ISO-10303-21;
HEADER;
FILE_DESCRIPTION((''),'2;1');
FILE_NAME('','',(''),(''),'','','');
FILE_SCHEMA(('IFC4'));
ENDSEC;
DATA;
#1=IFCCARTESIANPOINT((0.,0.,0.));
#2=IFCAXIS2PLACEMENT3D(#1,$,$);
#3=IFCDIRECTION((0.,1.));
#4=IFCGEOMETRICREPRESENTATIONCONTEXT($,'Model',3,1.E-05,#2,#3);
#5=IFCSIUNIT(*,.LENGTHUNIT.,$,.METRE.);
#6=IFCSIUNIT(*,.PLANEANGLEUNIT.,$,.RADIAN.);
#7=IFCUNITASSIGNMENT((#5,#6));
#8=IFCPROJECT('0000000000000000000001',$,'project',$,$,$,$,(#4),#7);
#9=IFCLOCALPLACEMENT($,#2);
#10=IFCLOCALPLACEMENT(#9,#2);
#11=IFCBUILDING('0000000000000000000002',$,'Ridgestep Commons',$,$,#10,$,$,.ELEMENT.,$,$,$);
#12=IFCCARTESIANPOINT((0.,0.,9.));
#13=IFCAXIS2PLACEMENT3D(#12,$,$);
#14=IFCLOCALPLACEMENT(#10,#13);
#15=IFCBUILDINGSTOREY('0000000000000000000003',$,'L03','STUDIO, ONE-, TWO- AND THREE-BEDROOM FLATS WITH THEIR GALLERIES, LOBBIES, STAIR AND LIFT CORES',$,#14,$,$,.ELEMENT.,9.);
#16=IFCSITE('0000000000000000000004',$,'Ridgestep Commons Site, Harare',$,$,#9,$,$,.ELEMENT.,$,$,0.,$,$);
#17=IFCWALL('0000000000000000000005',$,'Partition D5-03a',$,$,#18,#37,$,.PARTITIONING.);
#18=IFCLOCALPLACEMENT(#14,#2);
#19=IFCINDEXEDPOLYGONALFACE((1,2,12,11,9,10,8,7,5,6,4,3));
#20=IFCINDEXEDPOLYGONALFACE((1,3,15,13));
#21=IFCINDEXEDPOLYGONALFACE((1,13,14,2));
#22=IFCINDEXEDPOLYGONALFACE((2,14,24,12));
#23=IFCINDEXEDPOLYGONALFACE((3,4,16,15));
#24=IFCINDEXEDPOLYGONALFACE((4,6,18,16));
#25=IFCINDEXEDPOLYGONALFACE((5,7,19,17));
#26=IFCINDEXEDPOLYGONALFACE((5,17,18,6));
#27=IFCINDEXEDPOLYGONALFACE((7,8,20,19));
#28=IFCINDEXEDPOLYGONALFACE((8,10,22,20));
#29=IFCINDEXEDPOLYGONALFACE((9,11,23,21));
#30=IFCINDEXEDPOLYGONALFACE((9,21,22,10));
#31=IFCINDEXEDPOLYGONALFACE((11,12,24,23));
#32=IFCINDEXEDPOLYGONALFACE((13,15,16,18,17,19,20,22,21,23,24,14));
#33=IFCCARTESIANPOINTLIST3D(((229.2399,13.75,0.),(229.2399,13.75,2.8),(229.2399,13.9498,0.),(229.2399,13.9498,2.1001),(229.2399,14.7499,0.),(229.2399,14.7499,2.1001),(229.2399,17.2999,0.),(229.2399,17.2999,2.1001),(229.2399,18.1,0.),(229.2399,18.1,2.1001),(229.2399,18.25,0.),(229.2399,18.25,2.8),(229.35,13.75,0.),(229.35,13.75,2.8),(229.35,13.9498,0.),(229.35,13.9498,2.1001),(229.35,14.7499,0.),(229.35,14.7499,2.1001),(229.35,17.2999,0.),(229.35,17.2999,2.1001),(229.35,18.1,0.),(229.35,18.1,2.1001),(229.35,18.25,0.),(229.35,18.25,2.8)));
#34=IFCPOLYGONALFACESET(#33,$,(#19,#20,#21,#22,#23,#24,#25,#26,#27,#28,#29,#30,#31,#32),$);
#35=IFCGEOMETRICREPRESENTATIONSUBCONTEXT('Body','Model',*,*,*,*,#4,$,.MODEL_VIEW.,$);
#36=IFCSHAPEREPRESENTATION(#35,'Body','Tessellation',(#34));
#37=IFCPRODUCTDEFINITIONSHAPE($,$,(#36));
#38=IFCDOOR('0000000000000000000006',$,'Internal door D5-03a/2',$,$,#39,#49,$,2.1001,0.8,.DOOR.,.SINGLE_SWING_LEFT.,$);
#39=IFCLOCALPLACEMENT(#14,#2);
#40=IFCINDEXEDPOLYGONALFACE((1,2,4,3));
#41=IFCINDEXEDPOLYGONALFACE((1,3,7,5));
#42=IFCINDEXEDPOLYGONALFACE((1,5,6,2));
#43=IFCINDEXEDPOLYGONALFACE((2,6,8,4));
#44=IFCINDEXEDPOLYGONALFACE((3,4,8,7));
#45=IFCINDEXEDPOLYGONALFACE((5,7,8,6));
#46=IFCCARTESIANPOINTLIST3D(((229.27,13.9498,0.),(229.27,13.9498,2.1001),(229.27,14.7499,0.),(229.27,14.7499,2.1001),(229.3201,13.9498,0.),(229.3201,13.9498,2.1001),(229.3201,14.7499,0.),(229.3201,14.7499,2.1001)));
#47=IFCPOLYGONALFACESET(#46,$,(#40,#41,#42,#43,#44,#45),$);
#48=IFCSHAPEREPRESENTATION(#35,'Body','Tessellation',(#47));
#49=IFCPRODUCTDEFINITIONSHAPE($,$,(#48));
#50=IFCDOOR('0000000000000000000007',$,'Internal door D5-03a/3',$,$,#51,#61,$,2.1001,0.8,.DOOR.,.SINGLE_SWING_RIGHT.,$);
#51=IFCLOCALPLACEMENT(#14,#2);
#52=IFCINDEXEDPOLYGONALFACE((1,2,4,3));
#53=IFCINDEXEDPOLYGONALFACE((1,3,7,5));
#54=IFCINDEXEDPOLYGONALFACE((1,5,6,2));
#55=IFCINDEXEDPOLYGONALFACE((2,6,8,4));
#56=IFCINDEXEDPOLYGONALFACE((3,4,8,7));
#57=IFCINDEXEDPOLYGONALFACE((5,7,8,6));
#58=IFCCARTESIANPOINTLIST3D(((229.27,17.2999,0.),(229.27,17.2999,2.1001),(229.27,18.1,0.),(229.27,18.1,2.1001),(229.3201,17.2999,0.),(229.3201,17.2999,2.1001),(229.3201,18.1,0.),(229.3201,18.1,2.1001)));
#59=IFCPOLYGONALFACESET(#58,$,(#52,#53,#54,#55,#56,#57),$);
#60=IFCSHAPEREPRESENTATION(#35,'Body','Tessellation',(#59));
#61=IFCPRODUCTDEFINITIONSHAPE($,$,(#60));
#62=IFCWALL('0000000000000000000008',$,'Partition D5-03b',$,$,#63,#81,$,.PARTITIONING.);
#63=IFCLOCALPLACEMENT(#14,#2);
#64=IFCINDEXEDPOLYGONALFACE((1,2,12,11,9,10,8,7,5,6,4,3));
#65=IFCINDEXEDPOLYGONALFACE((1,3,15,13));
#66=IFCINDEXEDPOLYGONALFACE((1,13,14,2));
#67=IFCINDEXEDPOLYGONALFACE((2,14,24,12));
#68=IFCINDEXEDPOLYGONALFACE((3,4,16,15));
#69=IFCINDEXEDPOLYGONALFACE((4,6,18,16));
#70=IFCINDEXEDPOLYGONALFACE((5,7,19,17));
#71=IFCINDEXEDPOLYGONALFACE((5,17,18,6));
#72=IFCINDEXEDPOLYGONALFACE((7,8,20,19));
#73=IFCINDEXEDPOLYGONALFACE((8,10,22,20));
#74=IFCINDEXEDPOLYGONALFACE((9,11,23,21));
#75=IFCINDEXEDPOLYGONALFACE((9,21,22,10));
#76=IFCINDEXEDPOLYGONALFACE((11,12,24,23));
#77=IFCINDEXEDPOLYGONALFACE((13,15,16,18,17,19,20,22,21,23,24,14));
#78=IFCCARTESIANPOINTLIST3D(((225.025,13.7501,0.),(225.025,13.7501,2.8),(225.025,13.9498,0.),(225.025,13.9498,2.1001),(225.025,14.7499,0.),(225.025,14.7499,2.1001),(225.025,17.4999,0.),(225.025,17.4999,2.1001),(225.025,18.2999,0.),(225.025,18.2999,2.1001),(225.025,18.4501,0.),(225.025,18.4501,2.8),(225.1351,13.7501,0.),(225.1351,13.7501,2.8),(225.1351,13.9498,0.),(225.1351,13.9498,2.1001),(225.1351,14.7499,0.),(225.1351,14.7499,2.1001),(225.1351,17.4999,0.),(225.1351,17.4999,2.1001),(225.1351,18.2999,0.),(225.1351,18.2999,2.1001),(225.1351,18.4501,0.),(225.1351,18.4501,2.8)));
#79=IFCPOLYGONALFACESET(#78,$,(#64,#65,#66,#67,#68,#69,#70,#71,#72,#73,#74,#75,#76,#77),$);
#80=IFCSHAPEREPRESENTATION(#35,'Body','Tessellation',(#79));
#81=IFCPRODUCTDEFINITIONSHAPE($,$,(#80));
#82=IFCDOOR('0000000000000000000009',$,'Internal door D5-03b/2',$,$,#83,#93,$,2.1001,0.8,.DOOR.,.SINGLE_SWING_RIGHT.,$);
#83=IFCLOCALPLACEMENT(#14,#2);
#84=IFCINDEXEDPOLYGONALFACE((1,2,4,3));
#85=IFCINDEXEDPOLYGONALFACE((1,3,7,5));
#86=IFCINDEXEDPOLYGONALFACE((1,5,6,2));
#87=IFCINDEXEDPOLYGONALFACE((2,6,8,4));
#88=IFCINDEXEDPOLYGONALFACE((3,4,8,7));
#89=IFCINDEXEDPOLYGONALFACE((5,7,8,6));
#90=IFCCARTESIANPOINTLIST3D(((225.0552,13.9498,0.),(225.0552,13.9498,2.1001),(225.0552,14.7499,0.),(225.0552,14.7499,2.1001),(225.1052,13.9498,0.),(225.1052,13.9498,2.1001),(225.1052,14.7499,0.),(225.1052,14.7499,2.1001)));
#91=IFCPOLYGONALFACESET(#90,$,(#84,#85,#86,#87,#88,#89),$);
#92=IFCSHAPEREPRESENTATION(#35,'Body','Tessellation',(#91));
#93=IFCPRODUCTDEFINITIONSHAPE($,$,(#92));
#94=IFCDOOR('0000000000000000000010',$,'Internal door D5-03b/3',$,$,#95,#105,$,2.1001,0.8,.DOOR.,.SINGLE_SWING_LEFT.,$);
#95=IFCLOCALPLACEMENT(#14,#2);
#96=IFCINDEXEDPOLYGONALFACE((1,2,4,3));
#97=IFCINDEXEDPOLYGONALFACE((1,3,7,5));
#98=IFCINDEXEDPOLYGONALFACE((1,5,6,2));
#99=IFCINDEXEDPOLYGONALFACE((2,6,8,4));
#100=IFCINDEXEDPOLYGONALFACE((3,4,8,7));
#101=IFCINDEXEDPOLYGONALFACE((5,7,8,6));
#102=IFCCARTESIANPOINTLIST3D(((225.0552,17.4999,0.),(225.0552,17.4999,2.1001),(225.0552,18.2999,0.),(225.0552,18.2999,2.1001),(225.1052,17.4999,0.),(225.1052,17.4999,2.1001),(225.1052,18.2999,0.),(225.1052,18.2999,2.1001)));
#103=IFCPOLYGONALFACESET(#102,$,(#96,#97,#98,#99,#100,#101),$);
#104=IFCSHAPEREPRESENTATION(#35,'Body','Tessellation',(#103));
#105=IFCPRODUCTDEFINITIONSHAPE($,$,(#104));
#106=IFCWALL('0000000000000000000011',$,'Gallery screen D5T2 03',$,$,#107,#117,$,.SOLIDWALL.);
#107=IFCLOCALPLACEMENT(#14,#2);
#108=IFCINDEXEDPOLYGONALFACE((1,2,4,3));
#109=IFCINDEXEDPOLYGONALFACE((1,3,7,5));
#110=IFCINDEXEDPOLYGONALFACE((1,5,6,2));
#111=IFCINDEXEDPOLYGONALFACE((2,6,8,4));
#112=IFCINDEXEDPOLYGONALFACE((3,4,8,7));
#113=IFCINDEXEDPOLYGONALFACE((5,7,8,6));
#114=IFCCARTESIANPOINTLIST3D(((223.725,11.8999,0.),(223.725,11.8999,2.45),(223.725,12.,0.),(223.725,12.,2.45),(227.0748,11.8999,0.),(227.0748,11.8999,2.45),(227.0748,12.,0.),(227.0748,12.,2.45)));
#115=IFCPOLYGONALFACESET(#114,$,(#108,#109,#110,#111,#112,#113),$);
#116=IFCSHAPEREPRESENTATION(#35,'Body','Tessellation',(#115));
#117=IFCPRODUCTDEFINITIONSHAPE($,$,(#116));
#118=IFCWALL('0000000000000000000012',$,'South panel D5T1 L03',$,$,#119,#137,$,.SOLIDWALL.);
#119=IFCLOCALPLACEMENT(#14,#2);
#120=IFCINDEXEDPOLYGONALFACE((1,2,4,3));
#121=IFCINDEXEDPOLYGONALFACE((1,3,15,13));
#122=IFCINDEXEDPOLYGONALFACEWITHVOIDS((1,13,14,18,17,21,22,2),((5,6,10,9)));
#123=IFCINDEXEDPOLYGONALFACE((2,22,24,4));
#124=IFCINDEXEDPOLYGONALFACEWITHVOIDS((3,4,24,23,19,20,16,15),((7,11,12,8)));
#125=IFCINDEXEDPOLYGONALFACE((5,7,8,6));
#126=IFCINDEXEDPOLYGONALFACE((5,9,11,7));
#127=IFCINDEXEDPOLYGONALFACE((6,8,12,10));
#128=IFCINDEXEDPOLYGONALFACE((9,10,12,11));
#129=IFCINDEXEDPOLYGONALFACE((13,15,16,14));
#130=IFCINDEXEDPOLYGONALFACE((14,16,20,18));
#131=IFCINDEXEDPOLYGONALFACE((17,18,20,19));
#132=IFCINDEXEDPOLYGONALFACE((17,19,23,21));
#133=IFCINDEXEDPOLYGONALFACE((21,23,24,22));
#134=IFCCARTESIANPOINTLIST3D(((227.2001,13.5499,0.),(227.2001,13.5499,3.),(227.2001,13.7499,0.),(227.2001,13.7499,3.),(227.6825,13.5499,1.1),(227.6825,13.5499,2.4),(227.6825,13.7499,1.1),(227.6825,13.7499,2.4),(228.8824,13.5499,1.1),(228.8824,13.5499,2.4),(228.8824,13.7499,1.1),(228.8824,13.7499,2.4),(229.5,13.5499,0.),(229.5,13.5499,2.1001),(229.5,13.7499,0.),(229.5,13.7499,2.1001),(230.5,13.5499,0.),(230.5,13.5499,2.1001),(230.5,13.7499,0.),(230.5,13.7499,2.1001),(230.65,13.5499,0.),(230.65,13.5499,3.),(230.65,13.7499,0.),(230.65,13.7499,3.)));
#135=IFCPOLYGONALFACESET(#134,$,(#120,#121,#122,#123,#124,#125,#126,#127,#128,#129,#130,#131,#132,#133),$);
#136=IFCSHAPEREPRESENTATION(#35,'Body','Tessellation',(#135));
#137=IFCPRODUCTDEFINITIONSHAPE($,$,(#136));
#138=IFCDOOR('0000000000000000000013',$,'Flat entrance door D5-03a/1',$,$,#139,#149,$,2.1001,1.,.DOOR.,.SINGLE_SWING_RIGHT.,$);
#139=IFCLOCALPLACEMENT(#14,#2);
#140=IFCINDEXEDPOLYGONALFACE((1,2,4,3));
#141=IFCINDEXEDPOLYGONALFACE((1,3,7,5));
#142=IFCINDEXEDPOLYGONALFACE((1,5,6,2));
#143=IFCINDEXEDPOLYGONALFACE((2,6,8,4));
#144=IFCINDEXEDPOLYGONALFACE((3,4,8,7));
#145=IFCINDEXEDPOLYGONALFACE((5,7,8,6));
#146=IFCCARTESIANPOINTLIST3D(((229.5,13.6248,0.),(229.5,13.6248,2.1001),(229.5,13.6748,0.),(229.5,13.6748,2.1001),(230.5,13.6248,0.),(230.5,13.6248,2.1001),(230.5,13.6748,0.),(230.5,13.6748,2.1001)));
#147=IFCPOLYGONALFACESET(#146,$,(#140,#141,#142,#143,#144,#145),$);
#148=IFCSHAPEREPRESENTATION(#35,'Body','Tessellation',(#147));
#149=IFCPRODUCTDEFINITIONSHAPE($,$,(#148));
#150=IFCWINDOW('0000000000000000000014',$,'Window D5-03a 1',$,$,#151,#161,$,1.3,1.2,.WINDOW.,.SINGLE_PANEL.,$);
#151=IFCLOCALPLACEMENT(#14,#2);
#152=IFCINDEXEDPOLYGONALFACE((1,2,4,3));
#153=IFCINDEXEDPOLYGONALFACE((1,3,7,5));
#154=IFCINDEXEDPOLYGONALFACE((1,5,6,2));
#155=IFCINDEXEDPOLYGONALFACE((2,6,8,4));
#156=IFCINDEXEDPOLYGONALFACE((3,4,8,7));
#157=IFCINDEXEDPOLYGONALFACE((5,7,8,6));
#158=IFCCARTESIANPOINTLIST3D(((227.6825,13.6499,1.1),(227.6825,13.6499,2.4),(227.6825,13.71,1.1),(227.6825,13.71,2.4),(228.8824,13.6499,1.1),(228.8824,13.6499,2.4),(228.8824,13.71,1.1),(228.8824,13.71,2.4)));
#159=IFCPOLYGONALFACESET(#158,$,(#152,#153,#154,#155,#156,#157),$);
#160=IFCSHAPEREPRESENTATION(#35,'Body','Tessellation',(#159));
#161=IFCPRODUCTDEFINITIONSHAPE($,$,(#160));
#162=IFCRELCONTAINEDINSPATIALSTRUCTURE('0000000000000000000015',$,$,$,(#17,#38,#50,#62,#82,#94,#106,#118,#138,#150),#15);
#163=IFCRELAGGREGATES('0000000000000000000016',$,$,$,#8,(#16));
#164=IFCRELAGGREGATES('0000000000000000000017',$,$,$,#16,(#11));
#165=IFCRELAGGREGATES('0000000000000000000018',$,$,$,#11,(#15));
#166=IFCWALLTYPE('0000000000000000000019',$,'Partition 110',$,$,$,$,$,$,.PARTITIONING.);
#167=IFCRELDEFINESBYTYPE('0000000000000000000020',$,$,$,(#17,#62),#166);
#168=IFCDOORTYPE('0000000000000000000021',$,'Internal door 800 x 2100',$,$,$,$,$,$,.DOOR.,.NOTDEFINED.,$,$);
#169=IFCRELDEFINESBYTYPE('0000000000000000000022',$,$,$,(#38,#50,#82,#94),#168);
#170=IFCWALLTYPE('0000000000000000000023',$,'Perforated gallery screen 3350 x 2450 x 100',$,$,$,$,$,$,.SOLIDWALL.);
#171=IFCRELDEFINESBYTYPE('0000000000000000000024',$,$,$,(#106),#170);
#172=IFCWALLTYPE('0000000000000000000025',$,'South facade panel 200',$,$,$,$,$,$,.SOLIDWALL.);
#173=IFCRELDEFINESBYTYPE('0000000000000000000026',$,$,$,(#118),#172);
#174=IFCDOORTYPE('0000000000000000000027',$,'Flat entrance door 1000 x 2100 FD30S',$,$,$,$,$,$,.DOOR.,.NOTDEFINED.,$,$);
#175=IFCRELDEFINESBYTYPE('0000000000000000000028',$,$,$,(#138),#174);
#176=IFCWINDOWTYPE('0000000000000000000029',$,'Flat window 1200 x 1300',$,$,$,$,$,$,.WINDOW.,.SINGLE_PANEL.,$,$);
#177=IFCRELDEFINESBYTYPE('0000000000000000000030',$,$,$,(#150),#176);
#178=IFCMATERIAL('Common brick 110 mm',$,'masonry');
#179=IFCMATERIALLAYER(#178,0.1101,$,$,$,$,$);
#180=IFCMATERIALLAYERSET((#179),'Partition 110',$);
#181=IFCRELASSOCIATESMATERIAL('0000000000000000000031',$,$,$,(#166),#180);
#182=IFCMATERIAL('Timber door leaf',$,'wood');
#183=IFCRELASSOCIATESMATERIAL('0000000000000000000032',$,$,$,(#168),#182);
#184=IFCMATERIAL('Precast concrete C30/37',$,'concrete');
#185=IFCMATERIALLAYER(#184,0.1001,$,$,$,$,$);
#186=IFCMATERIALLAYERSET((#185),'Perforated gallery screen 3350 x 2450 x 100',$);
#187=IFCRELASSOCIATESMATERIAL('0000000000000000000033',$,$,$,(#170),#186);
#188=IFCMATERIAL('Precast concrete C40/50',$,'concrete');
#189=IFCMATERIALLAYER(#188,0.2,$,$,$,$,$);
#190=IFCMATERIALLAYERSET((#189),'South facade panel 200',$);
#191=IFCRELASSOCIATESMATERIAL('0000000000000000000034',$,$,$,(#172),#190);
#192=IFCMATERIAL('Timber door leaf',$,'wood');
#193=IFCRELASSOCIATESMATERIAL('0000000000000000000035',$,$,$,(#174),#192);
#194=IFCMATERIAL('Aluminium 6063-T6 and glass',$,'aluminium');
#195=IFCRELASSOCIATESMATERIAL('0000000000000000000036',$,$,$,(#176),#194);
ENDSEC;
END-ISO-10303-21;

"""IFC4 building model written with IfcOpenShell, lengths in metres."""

from ifc_helpers import new_model, si_unit, direction, frame, frame_2d, origin, place, context, subcontext, project, spatial, rectangle, extrude, material, layer, layer_set, type_object, element, fill, save


model = new_model("IFC4")

# Units and contexts
model_context = context("Model", 3, precision=1e-05, world=origin(), true_north=direction((0.0, 1.0)))
body_context = subcontext(model_context, "Body", "Model", "MODEL_VIEW")
ifc_project = project(units=[si_unit("LENGTHUNIT", "METRE"), si_unit("PLANEANGLEUNIT", "RADIAN")], contexts=[model_context])

# Site, building, storey
site_placement = place(None, origin())
site = spatial("IfcSite", under=ifc_project, at=site_placement, Name="Ridgestep Commons Site, Harare", CompositionType="ELEMENT", RefElevation=0.0)
building_placement = place(site_placement, origin())
building = spatial("IfcBuilding", under=site, at=building_placement, Name="Ridgestep Commons", CompositionType="ELEMENT")
storey_placement = place(building_placement, frame((0.0, 0.0, 9.0)))
storey = spatial("IfcBuildingStorey", under=building, at=storey_placement, Name="L03", Description="STUDIO, ONE-, TWO- AND THREE-BEDROOM FLATS WITH THEIR GALLERIES, LOBBIES, STAIR AND LIFT CORES", CompositionType="ELEMENT", Elevation=9.0)

# Walls, openings, doors
ifc_material_1 = material(Name="Common brick 110 mm", Category="masonry")
ifc_layer_1 = layer(ifc_material_1, 0.1101)
ifc_layer_set_1 = layer_set([ifc_layer_1], Name="Partition 110")
wall_type_1 = type_object("IfcWallType", Name="Partition 110", PredefinedType="PARTITIONING", material=ifc_layer_set_1)
wall_1_placement = place(storey_placement, frame((229.2949, 13.75, 0.0), z_axis=(0.0, 0.0, 1.0), x_axis=(0.0, 1.0, 0.0)))
wall_1 = element("IfcWall", 1, at=wall_1_placement, inside=storey, type_object=wall_type_1, Name="Partition D5-03a", PredefinedType="PARTITIONING", context=body_context, shape_type="SweptSolid", body=[
    extrude(rectangle(XDim=4.5, YDim=0.1101, at=frame_2d((2.25, 0.0))), origin(), (0.0, 0.0, 1.0), 2.8),
])
opening_1_placement = place(wall_1_placement, frame((0.2, 0.0, 0.0)))
opening_1 = element("IfcOpeningElement", 2, at=opening_1_placement, cuts=wall_1, PredefinedType="OPENING", context=body_context, shape_type="SweptSolid", body=[
    extrude(rectangle(XDim=0.8, YDim=2.1001, at=frame_2d((0.3999, 1.05))), frame((0.0, 0.0649, 0.0), z_axis=(0.0, -1.0, 0.0), x_axis=(1.0, 0.0, 0.0)), (0.0, 0.0, 1.0), 0.1301),
])
opening_2_placement = place(wall_1_placement, frame((3.55, 0.0, 0.0)))
opening_2 = element("IfcOpeningElement", 3, at=opening_2_placement, cuts=wall_1, PredefinedType="OPENING", context=body_context, shape_type="SweptSolid", body=[
    extrude(rectangle(XDim=0.8, YDim=2.1001, at=frame_2d((0.3999, 1.05))), frame((0.0, 0.0649, 0.0), z_axis=(0.0, -1.0, 0.0), x_axis=(1.0, 0.0, 0.0)), (0.0, 0.0, 1.0), 0.1301),
])
ifc_material_2 = material(Name="Timber door leaf", Category="wood")
door_type_1 = type_object("IfcDoorType", Name="Internal door 800 x 2100", OperationType="NOTDEFINED", PredefinedType="DOOR", material=ifc_material_2)
door_1_placement = place(opening_1_placement, origin())
door_1 = element("IfcDoor", 4, at=door_1_placement, inside=storey, type_object=door_type_1, Name="Internal door D5-03a/2", OperationType="SINGLE_SWING_LEFT", OverallHeight=2.1001, OverallWidth=0.8, PredefinedType="DOOR", context=body_context, shape_type="SweptSolid", body=[
    extrude(rectangle(XDim=0.8, YDim=2.1001, at=frame_2d((0.3999, 1.05))), frame((0.0, 0.0249, 0.0), z_axis=(0.0, -1.0, 0.0), x_axis=(1.0, 0.0, 0.0)), (0.0, 0.0, 1.0), 0.05),
])
fill(opening_1, door_1)
door_2_placement = place(opening_2_placement, origin())
door_2 = element("IfcDoor", 5, at=door_2_placement, inside=storey, type_object=door_type_1, Name="Internal door D5-03a/3", OperationType="SINGLE_SWING_RIGHT", OverallHeight=2.1001, OverallWidth=0.8, PredefinedType="DOOR", context=body_context, shape_type="SweptSolid", body=[
    extrude(rectangle(XDim=0.8, YDim=2.1001, at=frame_2d((0.3999, 1.05))), frame((0.0, 0.0249, 0.0), z_axis=(0.0, -1.0, 0.0), x_axis=(1.0, 0.0, 0.0)), (0.0, 0.0, 1.0), 0.05),
])
fill(opening_2, door_2)
wall_2_placement = place(storey_placement, frame((225.0801, 13.75, 0.0), z_axis=(0.0, 0.0, 1.0), x_axis=(0.0, 1.0, 0.0)))
wall_2 = element("IfcWall", 6, at=wall_2_placement, inside=storey, type_object=wall_type_1, Name="Partition D5-03b", PredefinedType="PARTITIONING", context=body_context, shape_type="SweptSolid", body=[
    extrude(rectangle(XDim=4.7, YDim=0.1101, at=frame_2d((2.3501, 0.0))), origin(), (0.0, 0.0, 1.0), 2.8),
])
opening_3_placement = place(wall_2_placement, frame((0.2, 0.0, 0.0)))
opening_3 = element("IfcOpeningElement", 7, at=opening_3_placement, cuts=wall_2, PredefinedType="OPENING", context=body_context, shape_type="SweptSolid", body=[
    extrude(rectangle(XDim=0.8, YDim=2.1001, at=frame_2d((0.3999, 1.05))), frame((0.0, 0.0649, 0.0), z_axis=(0.0, -1.0, 0.0), x_axis=(1.0, 0.0, 0.0)), (0.0, 0.0, 1.0), 0.1301),
])
opening_4_placement = place(wall_2_placement, frame((3.75, 0.0, 0.0)))
opening_4 = element("IfcOpeningElement", 8, at=opening_4_placement, cuts=wall_2, PredefinedType="OPENING", context=body_context, shape_type="SweptSolid", body=[
    extrude(rectangle(XDim=0.8, YDim=2.1001, at=frame_2d((0.3999, 1.05))), frame((0.0, 0.0649, 0.0), z_axis=(0.0, -1.0, 0.0), x_axis=(1.0, 0.0, 0.0)), (0.0, 0.0, 1.0), 0.1301),
])
door_3_placement = place(opening_3_placement, origin())
door_3 = element("IfcDoor", 9, at=door_3_placement, inside=storey, type_object=door_type_1, Name="Internal door D5-03b/2", OperationType="SINGLE_SWING_RIGHT", OverallHeight=2.1001, OverallWidth=0.8, PredefinedType="DOOR", context=body_context, shape_type="SweptSolid", body=[
    extrude(rectangle(XDim=0.8, YDim=2.1001, at=frame_2d((0.3999, 1.05))), frame((0.0, 0.0249, 0.0), z_axis=(0.0, -1.0, 0.0), x_axis=(1.0, 0.0, 0.0)), (0.0, 0.0, 1.0), 0.05),
])
fill(opening_3, door_3)
door_4_placement = place(opening_4_placement, origin())
door_4 = element("IfcDoor", 10, at=door_4_placement, inside=storey, type_object=door_type_1, Name="Internal door D5-03b/3", OperationType="SINGLE_SWING_LEFT", OverallHeight=2.1001, OverallWidth=0.8, PredefinedType="DOOR", context=body_context, shape_type="SweptSolid", body=[
    extrude(rectangle(XDim=0.8, YDim=2.1001, at=frame_2d((0.3999, 1.05))), frame((0.0, 0.0249, 0.0), z_axis=(0.0, -1.0, 0.0), x_axis=(1.0, 0.0, 0.0)), (0.0, 0.0, 1.0), 0.05),
])
fill(opening_4, door_4)

# Wall
ifc_material_3 = material(Name="Precast concrete C30/37", Category="concrete")
ifc_layer_2 = layer(ifc_material_3, 0.1001)
ifc_layer_set_2 = layer_set([ifc_layer_2], Name="Perforated gallery screen 3350 x 2450 x 100")
wall_type_2 = type_object("IfcWallType", Name="Perforated gallery screen 3350 x 2450 x 100", PredefinedType="SOLIDWALL", material=ifc_layer_set_2)
wall_3_placement = place(storey_placement, frame((223.7251, 11.95, 0.0), z_axis=(0.0, 0.0, 1.0), x_axis=(1.0, 0.0, 0.0)))
element("IfcWall", 11, at=wall_3_placement, inside=storey, type_object=wall_type_2, Name="Gallery screen D5T2 03", PredefinedType="SOLIDWALL", context=body_context, shape_type="SweptSolid", body=[
    extrude(rectangle(XDim=3.3499, YDim=0.1001, at=frame_2d((1.6748, 0.0))), origin(), (0.0, 0.0, 1.0), 2.45),
])

# Wall, openings, door, window
ifc_material_4 = material(Name="Precast concrete C40/50", Category="concrete")
ifc_layer_3 = layer(ifc_material_4, 0.2)
ifc_layer_set_3 = layer_set([ifc_layer_3], Name="South facade panel 200")
wall_type_3 = type_object("IfcWallType", Name="South facade panel 200", PredefinedType="SOLIDWALL", material=ifc_layer_set_3)
wall_4_placement = place(storey_placement, frame((227.2, 13.6499, 0.0), z_axis=(0.0, 0.0, 1.0), x_axis=(1.0, 0.0, 0.0)))
wall_4 = element("IfcWall", 12, at=wall_4_placement, inside=storey, type_object=wall_type_3, Name="South panel D5T1 L03", PredefinedType="SOLIDWALL", context=body_context, shape_type="SweptSolid", body=[
    extrude(rectangle(XDim=3.45, YDim=0.2, at=frame_2d((1.7251, 0.0))), origin(), (0.0, 0.0, 1.0), 3.0),
])
opening_5_placement = place(wall_4_placement, frame((0.4824, 0.0, 1.1001)))
opening_5 = element("IfcOpeningElement", 13, at=opening_5_placement, cuts=wall_4, PredefinedType="OPENING", context=body_context, shape_type="SweptSolid", body=[
    extrude(rectangle(XDim=1.2, YDim=1.3, at=frame_2d((0.6001, 0.6499))), frame((0.0, 0.1099, 0.0), z_axis=(0.0, -1.0, 0.0), x_axis=(1.0, 0.0, 0.0)), (0.0, 0.0, 1.0), 0.22),
])
opening_6_placement = place(wall_4_placement, frame((2.3, 0.0, 0.0)))
opening_6 = element("IfcOpeningElement", 14, at=opening_6_placement, cuts=wall_4, PredefinedType="OPENING", context=body_context, shape_type="SweptSolid", body=[
    extrude(rectangle(XDim=1.0, YDim=2.1001, at=frame_2d((0.5, 1.05))), frame((0.0, 0.1099, 0.0), z_axis=(0.0, -1.0, 0.0), x_axis=(1.0, 0.0, 0.0)), (0.0, 0.0, 1.0), 0.22),
])
ifc_material_5 = material(Name="Timber door leaf", Category="wood")
door_type_2 = type_object("IfcDoorType", Name="Flat entrance door 1000 x 2100 FD30S", OperationType="NOTDEFINED", PredefinedType="DOOR", material=ifc_material_5)
door_5_placement = place(opening_6_placement, origin())
door_5 = element("IfcDoor", 15, at=door_5_placement, inside=storey, type_object=door_type_2, Name="Flat entrance door D5-03a/1", OperationType="SINGLE_SWING_RIGHT", OverallHeight=2.1001, OverallWidth=1.0, PredefinedType="DOOR", context=body_context, shape_type="SweptSolid", body=[
    extrude(rectangle(XDim=1.0, YDim=2.1001, at=frame_2d((0.5, 1.05))), frame((0.0, 0.0249, 0.0), z_axis=(0.0, -1.0, 0.0), x_axis=(1.0, 0.0, 0.0)), (0.0, 0.0, 1.0), 0.05),
])
fill(opening_6, door_5)
ifc_material_6 = material(Name="Aluminium 6063-T6 and glass", Category="aluminium")
window_type = type_object("IfcWindowType", Name="Flat window 1200 x 1300", PartitioningType="SINGLE_PANEL", PredefinedType="WINDOW", material=ifc_material_6)
window_placement = place(opening_5_placement, origin())
window = element("IfcWindow", 16, at=window_placement, inside=storey, type_object=window_type, Name="Window D5-03a 1", OverallHeight=1.3, OverallWidth=1.2, PartitioningType="SINGLE_PANEL", PredefinedType="WINDOW", context=body_context, shape_type="SweptSolid", body=[
    extrude(rectangle(XDim=1.2, YDim=1.3, at=frame_2d((0.6001, 0.6499))), frame((0.0, 0.0601, 0.0), z_axis=(0.0, -1.0, 0.0), x_axis=(1.0, 0.0, 0.0)), (0.0, 0.0, 1.0), 0.0601),
])
fill(opening_5, window)

save(model, "model.ifc")
